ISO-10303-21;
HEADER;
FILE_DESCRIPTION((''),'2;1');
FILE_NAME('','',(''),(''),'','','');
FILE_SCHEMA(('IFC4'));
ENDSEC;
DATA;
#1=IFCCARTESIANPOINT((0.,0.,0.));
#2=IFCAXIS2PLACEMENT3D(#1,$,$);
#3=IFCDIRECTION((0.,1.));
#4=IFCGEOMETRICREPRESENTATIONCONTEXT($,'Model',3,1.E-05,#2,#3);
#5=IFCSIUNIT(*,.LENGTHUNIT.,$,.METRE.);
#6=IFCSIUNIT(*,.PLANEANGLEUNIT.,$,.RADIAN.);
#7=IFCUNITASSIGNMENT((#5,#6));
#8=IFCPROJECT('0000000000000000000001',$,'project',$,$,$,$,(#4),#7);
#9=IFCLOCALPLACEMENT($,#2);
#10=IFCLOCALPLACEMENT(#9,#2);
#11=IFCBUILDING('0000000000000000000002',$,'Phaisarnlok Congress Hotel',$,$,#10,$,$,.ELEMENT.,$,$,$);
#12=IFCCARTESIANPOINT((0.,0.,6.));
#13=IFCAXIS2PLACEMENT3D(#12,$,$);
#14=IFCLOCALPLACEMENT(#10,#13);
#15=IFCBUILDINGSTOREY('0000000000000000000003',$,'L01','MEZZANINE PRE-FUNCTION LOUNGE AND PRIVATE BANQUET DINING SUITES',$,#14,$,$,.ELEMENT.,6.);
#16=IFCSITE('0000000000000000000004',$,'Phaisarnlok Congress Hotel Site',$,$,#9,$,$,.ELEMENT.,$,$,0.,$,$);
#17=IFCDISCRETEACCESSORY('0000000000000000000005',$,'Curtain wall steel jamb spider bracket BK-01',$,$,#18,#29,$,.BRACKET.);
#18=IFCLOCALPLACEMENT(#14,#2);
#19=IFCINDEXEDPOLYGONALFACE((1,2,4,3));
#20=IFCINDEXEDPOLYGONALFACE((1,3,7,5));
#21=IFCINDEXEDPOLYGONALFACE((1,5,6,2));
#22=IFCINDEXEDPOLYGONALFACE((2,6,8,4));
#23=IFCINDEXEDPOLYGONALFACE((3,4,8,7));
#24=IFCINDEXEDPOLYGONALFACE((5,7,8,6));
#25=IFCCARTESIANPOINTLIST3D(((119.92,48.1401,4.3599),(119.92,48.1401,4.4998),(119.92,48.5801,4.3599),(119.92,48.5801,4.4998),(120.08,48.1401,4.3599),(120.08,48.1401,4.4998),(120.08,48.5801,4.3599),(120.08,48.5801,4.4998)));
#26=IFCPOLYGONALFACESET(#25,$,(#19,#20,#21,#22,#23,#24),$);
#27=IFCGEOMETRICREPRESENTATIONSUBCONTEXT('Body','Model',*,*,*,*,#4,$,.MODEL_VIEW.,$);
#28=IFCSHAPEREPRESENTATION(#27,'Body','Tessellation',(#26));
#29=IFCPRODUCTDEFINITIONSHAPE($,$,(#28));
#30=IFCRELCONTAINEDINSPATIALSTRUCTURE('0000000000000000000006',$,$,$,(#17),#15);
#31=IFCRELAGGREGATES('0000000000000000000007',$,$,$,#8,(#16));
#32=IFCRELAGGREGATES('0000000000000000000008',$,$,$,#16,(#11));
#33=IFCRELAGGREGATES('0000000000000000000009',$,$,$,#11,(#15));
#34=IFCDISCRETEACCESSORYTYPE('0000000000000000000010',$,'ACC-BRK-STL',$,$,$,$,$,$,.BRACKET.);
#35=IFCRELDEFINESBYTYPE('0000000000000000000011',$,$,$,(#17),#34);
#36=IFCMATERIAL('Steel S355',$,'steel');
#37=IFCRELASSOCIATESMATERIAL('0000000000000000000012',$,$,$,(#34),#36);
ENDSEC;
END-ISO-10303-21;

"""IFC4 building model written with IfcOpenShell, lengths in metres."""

from ifc_helpers import new_model, si_unit, direction, frame, origin, origin_2d, place, context, subcontext, project, spatial, rectangle, extrude, material, type_object, element, save


model = new_model("IFC4")

# Units and contexts
model_context = context("Model", 3, precision=1e-05, world=origin(), true_north=direction((0.0, 1.0)))
body_context = subcontext(model_context, "Body", "Model", "MODEL_VIEW")
ifc_project = project(units=[si_unit("LENGTHUNIT", "METRE"), si_unit("PLANEANGLEUNIT", "RADIAN")], contexts=[model_context])

# Site, building, storey
site_placement = place(None, origin())
site = spatial("IfcSite", under=ifc_project, at=site_placement, Name="Phaisarnlok Congress Hotel Site", CompositionType="ELEMENT", RefElevation=0.0)
building_placement = place(site_placement, origin())
building = spatial("IfcBuilding", under=site, at=building_placement, Name="Phaisarnlok Congress Hotel", CompositionType="ELEMENT")
storey_placement = place(building_placement, frame((0.0, 0.0, 6.0)))
storey = spatial("IfcBuildingStorey", under=building, at=storey_placement, Name="L01", Description="MEZZANINE PRE-FUNCTION LOUNGE AND PRIVATE BANQUET DINING SUITES", CompositionType="ELEMENT", Elevation=6.0)

# Shared definitions
ifc_material_1 = material(Name="Steel S355", Category="steel")

# Discrete accessory
discrete_accessory_type = type_object("IfcDiscreteAccessoryType", Name="ACC-BRK-STL", PredefinedType="BRACKET", material=ifc_material_1)
for number, where, z_axis, x_axis, name in (
    (1, (120.0, 48.3601, 4.3599), (0.0, 0.0, 1.0), (1.0, 0.0, 0.0), "Curtain wall steel jamb spider bracket BK-01"),
):
    element("IfcDiscreteAccessory", number, at=place(storey_placement, frame(where, z_axis=z_axis, x_axis=x_axis)), inside=storey, type_object=discrete_accessory_type, Name=name, PredefinedType="BRACKET", context=body_context, shape_type="SweptSolid", body=[
        extrude(rectangle(XDim=0.1599, YDim=0.4399, at=origin_2d()), origin(), (0.0, 0.0, 1.0), 0.1399),
    ])

save(model, "model.ifc")
